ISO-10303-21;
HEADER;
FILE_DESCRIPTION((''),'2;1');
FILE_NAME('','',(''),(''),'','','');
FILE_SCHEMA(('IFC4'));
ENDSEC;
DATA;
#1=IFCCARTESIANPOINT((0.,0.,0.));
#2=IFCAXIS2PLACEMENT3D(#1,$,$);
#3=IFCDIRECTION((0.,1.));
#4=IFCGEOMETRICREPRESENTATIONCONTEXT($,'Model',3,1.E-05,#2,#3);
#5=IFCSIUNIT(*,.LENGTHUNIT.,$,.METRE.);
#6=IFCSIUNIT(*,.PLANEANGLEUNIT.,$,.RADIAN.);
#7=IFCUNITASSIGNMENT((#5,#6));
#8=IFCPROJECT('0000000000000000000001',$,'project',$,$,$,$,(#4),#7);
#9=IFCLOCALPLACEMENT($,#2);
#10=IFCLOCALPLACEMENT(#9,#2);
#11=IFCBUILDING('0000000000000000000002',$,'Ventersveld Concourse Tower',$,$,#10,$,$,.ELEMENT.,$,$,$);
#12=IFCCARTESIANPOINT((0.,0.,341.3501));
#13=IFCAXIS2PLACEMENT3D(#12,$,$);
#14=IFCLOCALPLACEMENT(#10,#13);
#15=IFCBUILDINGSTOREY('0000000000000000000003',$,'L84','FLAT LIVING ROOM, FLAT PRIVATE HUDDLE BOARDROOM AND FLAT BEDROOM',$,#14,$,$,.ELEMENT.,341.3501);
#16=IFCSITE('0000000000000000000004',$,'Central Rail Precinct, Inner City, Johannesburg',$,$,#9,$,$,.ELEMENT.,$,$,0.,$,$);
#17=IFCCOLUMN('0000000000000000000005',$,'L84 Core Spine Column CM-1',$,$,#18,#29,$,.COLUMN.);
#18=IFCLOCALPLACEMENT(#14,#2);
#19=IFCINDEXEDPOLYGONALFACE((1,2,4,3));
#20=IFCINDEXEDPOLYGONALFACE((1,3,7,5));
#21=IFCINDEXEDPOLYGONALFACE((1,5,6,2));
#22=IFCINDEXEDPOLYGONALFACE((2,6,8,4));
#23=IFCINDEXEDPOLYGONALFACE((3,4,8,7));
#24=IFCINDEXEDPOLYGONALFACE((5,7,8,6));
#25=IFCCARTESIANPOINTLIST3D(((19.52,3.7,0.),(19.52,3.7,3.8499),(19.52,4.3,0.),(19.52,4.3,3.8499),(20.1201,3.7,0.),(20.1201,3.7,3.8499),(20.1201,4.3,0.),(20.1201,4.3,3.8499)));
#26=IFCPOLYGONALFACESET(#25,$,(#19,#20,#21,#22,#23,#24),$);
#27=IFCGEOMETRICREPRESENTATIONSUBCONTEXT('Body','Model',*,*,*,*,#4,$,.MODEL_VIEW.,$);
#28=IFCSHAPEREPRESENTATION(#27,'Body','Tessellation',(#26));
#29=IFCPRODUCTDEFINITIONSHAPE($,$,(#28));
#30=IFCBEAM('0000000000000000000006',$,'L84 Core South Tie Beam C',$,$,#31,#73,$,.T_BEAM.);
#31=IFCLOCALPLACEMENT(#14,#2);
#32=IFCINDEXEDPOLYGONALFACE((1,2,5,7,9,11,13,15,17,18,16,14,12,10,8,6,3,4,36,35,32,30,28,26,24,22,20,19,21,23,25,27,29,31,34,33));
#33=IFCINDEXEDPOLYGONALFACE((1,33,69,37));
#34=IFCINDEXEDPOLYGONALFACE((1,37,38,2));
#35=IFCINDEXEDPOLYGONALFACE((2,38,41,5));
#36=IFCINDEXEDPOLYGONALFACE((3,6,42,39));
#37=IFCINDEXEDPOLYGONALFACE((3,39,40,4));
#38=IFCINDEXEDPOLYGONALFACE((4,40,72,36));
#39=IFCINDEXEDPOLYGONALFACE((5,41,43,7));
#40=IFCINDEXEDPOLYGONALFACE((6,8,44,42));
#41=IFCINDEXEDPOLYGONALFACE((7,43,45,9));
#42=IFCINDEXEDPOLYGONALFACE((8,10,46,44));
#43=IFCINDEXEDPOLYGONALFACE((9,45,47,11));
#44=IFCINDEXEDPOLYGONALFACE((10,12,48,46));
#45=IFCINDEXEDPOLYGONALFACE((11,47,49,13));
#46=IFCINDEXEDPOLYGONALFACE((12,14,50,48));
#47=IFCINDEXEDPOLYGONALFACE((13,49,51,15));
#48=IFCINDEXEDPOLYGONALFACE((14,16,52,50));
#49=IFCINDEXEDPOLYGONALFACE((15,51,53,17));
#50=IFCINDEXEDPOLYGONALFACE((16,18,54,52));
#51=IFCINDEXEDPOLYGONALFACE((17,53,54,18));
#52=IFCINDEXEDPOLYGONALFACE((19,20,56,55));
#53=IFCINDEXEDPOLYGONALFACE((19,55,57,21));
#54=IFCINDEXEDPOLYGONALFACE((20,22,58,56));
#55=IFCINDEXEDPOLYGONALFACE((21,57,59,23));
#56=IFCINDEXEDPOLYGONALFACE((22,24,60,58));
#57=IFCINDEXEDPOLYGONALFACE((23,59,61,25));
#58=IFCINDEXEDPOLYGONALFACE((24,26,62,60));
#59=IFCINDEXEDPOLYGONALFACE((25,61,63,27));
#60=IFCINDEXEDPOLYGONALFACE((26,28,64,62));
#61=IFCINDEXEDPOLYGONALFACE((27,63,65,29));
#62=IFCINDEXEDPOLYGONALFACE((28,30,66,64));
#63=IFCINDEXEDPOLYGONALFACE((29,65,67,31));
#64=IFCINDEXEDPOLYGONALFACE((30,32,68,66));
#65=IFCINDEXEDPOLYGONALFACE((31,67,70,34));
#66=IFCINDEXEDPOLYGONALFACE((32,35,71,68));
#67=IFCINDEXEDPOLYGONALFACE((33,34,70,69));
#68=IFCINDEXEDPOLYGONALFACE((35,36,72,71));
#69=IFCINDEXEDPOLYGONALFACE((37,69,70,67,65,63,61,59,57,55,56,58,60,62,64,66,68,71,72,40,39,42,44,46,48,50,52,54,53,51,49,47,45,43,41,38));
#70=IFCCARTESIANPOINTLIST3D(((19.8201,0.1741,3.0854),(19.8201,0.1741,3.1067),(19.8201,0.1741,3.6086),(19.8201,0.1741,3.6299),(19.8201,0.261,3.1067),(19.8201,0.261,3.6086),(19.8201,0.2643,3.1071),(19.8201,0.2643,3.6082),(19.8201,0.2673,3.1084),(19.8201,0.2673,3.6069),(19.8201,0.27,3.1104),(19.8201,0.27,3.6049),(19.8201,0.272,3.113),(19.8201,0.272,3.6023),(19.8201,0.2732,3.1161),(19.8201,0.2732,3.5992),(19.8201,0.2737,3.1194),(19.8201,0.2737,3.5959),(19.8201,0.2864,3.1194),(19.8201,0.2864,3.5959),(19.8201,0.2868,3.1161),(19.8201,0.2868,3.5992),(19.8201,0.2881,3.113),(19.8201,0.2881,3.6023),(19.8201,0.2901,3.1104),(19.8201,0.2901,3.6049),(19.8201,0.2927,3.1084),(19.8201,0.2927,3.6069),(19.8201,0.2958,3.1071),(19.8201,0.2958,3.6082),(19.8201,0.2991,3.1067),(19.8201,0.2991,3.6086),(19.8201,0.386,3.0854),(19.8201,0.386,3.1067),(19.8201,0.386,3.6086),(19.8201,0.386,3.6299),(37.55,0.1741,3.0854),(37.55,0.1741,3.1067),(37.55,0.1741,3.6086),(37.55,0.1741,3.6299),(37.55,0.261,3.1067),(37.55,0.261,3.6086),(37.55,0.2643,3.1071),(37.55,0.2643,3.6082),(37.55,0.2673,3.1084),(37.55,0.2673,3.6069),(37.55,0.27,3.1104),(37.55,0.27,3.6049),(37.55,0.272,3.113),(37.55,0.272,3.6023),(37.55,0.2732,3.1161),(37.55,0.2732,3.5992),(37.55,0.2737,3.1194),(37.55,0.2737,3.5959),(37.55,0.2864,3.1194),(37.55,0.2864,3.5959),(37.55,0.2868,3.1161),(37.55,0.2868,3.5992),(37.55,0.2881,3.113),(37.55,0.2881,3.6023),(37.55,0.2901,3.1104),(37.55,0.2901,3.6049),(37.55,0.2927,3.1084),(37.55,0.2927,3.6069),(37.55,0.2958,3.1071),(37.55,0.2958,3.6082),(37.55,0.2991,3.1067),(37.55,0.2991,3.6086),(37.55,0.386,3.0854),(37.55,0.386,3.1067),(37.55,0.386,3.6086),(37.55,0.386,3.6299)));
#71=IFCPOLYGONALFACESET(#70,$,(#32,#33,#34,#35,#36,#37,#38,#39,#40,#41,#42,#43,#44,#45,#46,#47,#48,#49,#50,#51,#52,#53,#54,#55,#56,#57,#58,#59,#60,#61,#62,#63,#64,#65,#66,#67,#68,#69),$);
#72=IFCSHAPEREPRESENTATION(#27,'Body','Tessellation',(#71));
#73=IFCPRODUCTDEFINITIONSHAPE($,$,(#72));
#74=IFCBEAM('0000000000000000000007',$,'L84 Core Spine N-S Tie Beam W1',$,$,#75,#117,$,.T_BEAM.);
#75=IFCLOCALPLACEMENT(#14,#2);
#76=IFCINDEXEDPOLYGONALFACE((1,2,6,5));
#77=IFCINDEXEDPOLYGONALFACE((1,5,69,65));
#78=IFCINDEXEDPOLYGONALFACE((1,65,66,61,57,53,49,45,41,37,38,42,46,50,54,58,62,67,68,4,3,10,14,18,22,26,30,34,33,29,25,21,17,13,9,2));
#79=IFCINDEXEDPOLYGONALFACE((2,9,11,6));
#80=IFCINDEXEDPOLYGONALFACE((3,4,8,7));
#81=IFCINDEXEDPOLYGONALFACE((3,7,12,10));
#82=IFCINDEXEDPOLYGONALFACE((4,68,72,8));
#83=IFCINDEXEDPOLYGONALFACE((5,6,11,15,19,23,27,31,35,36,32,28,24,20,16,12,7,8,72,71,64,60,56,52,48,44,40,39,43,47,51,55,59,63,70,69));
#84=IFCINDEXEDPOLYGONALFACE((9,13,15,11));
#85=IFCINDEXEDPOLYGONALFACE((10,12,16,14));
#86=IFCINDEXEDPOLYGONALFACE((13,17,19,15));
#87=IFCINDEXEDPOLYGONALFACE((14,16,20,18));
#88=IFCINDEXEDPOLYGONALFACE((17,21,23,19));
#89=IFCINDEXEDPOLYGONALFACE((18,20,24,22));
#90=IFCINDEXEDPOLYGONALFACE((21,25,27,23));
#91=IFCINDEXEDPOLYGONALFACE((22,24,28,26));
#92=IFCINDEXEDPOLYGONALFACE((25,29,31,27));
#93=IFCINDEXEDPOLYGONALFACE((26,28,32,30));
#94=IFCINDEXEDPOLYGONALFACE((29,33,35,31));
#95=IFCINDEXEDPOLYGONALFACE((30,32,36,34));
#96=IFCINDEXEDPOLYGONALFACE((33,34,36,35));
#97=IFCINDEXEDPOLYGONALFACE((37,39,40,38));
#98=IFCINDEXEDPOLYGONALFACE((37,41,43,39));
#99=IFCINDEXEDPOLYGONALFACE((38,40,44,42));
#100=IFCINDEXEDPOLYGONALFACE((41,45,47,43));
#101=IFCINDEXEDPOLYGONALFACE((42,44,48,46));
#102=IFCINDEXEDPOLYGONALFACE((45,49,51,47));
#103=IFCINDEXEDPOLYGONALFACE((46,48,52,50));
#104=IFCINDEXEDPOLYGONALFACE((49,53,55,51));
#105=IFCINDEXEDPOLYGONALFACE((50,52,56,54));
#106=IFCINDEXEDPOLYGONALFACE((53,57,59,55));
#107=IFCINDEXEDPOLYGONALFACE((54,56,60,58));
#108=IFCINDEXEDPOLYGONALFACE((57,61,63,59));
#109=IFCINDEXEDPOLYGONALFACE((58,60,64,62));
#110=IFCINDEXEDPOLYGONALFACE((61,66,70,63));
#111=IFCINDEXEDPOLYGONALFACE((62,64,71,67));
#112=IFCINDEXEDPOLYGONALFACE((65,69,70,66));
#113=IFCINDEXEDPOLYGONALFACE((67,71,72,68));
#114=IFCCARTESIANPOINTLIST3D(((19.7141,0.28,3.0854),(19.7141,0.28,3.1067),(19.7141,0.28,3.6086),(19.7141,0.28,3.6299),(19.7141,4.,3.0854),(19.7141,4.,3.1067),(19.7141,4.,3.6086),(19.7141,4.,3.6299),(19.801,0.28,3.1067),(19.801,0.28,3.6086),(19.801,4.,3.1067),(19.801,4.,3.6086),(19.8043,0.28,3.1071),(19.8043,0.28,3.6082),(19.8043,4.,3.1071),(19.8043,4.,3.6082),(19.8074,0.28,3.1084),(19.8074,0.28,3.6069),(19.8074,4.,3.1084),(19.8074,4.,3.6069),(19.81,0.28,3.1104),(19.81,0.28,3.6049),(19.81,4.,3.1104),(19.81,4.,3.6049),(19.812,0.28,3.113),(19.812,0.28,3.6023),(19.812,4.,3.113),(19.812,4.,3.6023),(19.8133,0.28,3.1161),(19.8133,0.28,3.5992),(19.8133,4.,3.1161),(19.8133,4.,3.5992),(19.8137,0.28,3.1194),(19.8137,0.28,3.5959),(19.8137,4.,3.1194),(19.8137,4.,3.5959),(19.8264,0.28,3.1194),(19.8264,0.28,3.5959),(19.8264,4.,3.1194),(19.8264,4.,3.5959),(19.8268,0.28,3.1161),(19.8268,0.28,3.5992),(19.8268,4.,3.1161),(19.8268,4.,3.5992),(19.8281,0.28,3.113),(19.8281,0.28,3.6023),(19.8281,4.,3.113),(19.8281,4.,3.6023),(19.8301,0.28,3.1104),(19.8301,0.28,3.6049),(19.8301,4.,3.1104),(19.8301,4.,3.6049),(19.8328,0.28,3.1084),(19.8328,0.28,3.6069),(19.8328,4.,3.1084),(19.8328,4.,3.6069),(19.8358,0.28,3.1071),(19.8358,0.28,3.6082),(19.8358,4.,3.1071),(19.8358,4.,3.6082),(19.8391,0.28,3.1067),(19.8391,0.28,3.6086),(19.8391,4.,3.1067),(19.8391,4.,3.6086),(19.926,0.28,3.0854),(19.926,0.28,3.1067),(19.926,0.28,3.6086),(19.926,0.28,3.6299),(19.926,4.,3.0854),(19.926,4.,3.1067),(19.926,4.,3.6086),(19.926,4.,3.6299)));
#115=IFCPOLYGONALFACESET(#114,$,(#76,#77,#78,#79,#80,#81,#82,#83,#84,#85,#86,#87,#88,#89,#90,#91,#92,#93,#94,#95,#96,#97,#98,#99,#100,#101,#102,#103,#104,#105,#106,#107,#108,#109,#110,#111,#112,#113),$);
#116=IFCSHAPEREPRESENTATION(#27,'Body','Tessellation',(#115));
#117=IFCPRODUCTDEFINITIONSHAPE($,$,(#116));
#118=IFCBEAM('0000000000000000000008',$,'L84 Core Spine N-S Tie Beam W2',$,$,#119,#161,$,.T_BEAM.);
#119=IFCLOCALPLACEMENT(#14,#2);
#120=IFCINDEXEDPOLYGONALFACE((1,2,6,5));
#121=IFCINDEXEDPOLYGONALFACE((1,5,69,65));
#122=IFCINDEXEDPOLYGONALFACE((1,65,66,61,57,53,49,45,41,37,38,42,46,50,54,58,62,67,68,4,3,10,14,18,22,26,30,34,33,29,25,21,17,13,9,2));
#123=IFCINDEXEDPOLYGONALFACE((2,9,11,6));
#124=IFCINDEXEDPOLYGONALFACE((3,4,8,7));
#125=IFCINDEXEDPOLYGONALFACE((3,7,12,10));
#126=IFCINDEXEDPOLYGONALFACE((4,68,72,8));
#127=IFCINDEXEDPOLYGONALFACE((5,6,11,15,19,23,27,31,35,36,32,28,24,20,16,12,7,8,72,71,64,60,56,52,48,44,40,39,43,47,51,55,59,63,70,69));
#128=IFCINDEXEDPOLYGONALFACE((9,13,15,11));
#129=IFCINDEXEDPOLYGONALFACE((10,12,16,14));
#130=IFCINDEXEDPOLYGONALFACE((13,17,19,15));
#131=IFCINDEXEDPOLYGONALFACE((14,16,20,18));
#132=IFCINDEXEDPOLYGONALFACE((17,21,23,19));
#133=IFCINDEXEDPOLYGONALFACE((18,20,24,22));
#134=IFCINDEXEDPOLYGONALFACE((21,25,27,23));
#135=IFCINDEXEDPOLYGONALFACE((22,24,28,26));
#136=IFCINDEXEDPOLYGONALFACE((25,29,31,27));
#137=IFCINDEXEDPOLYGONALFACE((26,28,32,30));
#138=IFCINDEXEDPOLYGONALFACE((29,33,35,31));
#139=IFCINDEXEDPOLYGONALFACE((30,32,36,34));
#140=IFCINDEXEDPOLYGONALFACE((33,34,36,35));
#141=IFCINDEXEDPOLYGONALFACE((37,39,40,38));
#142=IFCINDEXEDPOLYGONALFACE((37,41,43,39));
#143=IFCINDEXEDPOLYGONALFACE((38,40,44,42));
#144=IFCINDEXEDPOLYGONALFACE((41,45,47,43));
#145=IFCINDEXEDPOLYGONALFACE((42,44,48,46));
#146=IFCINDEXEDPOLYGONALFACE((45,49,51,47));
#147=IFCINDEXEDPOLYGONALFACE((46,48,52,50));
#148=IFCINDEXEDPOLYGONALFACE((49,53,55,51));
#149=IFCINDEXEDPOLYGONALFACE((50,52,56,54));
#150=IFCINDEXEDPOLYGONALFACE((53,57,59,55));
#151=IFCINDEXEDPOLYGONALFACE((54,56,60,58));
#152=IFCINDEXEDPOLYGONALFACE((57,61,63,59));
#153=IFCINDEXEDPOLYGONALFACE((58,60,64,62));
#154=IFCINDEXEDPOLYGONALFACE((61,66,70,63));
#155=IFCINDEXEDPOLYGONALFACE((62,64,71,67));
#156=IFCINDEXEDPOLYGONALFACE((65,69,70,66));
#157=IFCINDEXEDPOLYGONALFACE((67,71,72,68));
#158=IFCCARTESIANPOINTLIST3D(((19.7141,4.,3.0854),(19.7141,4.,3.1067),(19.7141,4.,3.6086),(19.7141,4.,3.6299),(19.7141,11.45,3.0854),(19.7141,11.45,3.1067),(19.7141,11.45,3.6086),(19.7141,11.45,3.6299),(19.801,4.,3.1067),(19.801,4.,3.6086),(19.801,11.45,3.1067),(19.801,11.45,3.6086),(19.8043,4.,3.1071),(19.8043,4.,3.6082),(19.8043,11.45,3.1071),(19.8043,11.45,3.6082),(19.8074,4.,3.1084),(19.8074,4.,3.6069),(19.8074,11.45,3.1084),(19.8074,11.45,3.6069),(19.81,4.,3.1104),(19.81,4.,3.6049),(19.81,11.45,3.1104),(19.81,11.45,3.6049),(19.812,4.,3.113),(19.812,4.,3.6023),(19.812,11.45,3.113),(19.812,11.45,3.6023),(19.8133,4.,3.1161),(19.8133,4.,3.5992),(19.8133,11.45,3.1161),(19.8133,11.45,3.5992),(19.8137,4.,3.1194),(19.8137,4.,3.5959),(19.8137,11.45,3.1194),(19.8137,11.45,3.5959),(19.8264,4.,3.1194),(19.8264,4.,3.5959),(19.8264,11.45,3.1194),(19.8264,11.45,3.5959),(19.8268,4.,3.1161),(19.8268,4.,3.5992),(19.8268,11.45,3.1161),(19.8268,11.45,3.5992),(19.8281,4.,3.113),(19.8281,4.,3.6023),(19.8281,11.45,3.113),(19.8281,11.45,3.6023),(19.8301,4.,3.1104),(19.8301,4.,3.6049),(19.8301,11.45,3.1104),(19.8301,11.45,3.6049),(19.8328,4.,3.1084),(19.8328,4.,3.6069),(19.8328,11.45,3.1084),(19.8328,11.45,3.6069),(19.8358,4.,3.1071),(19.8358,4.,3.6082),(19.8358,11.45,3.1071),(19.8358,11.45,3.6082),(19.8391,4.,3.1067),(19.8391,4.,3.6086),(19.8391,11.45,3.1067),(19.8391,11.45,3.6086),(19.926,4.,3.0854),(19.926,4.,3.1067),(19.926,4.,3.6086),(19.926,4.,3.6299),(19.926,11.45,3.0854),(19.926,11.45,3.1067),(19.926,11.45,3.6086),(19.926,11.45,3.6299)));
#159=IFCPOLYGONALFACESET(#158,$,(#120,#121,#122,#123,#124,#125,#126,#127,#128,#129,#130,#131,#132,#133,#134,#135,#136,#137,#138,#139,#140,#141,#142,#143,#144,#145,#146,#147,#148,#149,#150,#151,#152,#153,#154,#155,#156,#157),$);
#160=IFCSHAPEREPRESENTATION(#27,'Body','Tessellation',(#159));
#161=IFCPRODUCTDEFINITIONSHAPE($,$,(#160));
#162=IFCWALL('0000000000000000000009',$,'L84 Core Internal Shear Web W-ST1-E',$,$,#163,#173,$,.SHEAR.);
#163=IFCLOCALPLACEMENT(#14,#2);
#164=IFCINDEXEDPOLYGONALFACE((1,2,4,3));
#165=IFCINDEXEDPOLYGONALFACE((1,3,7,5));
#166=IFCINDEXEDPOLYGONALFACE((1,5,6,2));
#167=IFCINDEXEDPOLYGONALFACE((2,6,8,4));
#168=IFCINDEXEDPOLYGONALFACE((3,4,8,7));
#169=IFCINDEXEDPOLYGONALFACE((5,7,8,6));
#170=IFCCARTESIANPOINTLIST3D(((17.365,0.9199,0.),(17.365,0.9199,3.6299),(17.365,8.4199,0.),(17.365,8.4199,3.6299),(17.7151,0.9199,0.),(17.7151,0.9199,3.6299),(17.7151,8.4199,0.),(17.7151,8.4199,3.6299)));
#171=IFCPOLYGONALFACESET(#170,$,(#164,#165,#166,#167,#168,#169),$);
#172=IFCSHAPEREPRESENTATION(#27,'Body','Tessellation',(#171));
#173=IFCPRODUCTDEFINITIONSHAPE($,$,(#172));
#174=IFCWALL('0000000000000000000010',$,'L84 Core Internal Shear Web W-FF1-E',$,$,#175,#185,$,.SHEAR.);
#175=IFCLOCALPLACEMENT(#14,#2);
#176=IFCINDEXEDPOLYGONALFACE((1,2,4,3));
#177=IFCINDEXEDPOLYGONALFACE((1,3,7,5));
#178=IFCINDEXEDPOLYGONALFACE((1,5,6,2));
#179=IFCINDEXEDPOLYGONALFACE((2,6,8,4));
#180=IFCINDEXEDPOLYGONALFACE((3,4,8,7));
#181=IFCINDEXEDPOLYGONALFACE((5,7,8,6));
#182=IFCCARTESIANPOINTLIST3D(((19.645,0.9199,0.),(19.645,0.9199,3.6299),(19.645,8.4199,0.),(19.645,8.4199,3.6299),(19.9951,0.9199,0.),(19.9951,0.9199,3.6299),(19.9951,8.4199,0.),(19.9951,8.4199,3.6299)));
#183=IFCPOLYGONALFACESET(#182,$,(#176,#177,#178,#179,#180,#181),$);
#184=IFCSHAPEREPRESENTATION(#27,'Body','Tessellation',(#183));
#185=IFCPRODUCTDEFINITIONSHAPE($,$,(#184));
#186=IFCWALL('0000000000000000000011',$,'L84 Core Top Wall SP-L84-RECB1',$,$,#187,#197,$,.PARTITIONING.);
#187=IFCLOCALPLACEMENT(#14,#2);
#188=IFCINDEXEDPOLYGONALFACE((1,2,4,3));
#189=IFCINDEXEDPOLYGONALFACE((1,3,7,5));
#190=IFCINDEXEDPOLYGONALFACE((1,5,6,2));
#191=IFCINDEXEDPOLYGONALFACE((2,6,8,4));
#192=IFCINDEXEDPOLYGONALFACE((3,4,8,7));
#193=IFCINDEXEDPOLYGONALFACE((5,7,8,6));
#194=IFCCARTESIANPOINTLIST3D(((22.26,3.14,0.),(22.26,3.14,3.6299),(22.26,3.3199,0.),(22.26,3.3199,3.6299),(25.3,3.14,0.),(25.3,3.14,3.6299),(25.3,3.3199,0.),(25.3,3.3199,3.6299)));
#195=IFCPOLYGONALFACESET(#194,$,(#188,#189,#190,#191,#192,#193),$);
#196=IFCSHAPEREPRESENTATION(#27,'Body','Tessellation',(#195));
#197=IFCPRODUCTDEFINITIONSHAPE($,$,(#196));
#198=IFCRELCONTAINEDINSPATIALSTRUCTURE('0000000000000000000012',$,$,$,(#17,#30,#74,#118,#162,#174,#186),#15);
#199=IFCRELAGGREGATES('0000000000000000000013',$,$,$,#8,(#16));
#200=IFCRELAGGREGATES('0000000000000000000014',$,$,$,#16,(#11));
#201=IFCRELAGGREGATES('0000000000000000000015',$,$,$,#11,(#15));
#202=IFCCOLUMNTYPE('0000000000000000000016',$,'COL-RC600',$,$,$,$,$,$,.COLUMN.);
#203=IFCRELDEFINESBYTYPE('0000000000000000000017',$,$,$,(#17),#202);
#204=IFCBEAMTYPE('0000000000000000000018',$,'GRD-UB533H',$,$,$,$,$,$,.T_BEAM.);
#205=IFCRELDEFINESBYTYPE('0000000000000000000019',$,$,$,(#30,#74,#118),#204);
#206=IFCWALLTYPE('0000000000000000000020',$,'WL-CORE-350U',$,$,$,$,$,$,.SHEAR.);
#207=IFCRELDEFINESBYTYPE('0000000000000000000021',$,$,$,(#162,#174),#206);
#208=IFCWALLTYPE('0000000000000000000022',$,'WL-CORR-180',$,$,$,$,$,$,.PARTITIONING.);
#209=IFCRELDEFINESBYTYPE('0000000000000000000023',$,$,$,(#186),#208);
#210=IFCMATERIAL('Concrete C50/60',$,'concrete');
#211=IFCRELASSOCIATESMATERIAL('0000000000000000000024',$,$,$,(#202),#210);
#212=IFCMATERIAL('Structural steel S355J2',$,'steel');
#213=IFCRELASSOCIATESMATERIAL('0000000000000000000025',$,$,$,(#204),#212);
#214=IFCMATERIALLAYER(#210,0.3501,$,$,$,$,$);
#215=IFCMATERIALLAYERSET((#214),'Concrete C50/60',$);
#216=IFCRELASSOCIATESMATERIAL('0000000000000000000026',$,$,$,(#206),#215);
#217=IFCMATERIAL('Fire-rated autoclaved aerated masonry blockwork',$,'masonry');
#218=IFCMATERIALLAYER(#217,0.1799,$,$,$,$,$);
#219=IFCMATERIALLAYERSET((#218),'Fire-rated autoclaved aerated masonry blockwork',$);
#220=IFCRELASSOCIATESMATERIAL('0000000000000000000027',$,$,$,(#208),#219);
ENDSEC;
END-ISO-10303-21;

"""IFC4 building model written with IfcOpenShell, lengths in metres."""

from ifc_helpers import new_model, si_unit, direction, frame, frame_2d, origin, origin_2d, place, context, subcontext, project, spatial, rectangle, i_section, extrude, material, layer, layer_set, material_profile, profile_set, type_object, element, save


model = new_model("IFC4")

# Units and contexts
model_context = context("Model", 3, precision=1e-05, world=origin(), true_north=direction((0.0, 1.0)))
body_context = subcontext(model_context, "Body", "Model", "MODEL_VIEW")
ifc_project = project(units=[si_unit("LENGTHUNIT", "METRE"), si_unit("PLANEANGLEUNIT", "RADIAN")], contexts=[model_context])

# Site, building, storey
site_placement = place(None, origin())
site = spatial("IfcSite", under=ifc_project, at=site_placement, Name="Central Rail Precinct, Inner City, Johannesburg", CompositionType="ELEMENT", RefElevation=0.0)
building_placement = place(site_placement, origin())
building = spatial("IfcBuilding", under=site, at=building_placement, Name="Ventersveld Concourse Tower", CompositionType="ELEMENT")
storey_placement = place(building_placement, frame((0.0, 0.0, 341.3501)))
storey = spatial("IfcBuildingStorey", under=building, at=storey_placement, Name="L84", Description="FLAT LIVING ROOM, FLAT PRIVATE HUDDLE BOARDROOM AND FLAT BEDROOM", CompositionType="ELEMENT", Elevation=341.3501)

# Column
ifc_material_1 = material(Name="Concrete C50/60", Category="concrete")
ifc_material_profile_1 = material_profile(ifc_material_1, rectangle(XDim=0.6001, YDim=0.6001, at=origin_2d()), Name="RC 600x600")
ifc_profile_set_1 = profile_set([ifc_material_profile_1], Name="Concrete C50/60")
column_type = type_object("IfcColumnType", Name="COL-RC600", PredefinedType="COLUMN", material=ifc_profile_set_1)
column_placement = place(storey_placement, frame((19.8201, 4.0, 0.0), z_axis=(0.0, 0.0, 1.0), x_axis=(1.0, 0.0, 0.0)))
element("IfcColumn", 1, at=column_placement, inside=storey, type_object=column_type, Name="L84 Core Spine Column CM-1", PredefinedType="COLUMN", context=body_context, shape_type="SweptSolid", body=[
    extrude(rectangle(XDim=0.6001, YDim=0.6001, at=origin_2d()), origin(), (0.0, 0.0, 1.0), 3.8499),
])

# Beams
ifc_material_2 = material(Name="Structural steel S355J2", Category="steel")
ifc_material_profile_2 = material_profile(ifc_material_2, i_section(OverallWidth=0.2119, OverallDepth=0.5444, WebThickness=0.0127, FlangeThickness=0.0212, FilletRadius=0.0127, at=origin_2d()), Name="UB 533x210x122")
ifc_profile_set_2 = profile_set([ifc_material_profile_2], Name="Structural steel S355J2")
beam_type = type_object("IfcBeamType", Name="GRD-UB533H", PredefinedType="T_BEAM", material=ifc_profile_set_2)
beam_1_placement = place(storey_placement, frame((19.8201, 0.28, 3.3577), z_axis=(1.0, 0.0, 0.0), x_axis=(0.0, 1.0, 0.0)))
element("IfcBeam", 2, at=beam_1_placement, inside=storey, type_object=beam_type, Name="L84 Core South Tie Beam C", PredefinedType="T_BEAM", context=body_context, shape_type="SweptSolid", body=[
    extrude(i_section(OverallWidth=0.2119, OverallDepth=0.5444, WebThickness=0.0127, FlangeThickness=0.0212, FilletRadius=0.0127, at=origin_2d()), origin(), (0.0, 0.0, 1.0), 17.73),
])
beam_2_placement = place(storey_placement, frame((19.8201, 0.28, 3.3577), z_axis=(0.0, 1.0, 0.0), x_axis=(-1.0, 0.0, 0.0)))
element("IfcBeam", 3, at=beam_2_placement, inside=storey, type_object=beam_type, Name="L84 Core Spine N-S Tie Beam W1", PredefinedType="T_BEAM", context=body_context, shape_type="SweptSolid", body=[
    extrude(i_section(OverallWidth=0.2119, OverallDepth=0.5444, WebThickness=0.0127, FlangeThickness=0.0212, FilletRadius=0.0127, at=origin_2d()), origin(), (0.0, 0.0, 1.0), 3.72),
])
beam_3_placement = place(storey_placement, frame((19.8201, 4.0, 3.3577), z_axis=(0.0, 1.0, 0.0), x_axis=(-1.0, 0.0, 0.0)))
element("IfcBeam", 4, at=beam_3_placement, inside=storey, type_object=beam_type, Name="L84 Core Spine N-S Tie Beam W2", PredefinedType="T_BEAM", context=body_context, shape_type="SweptSolid", body=[
    extrude(i_section(OverallWidth=0.2119, OverallDepth=0.5444, WebThickness=0.0127, FlangeThickness=0.0212, FilletRadius=0.0127, at=origin_2d()), origin(), (0.0, 0.0, 1.0), 7.45),
])

# Walls
ifc_layer_1 = layer(ifc_material_1, 0.3501)
ifc_layer_set_1 = layer_set([ifc_layer_1], Name="Concrete C50/60")
wall_type_1 = type_object("IfcWallType", Name="WL-CORE-350U", PredefinedType="SHEAR", material=ifc_layer_set_1)
for number, where, z_axis, x_axis, name in (
    (5, (17.54, 0.9199, 0.0), (0.0, 0.0, 1.0), (0.0, 1.0, 0.0), "L84 Core Internal Shear Web W-ST1-E"),
    (6, (19.8201, 0.9199, 0.0), (0.0, 0.0, 1.0), (0.0, 1.0, 0.0), "L84 Core Internal Shear Web W-FF1-E"),
):
    element("IfcWall", number, at=place(storey_placement, frame(where, z_axis=z_axis, x_axis=x_axis)), inside=storey, type_object=wall_type_1, Name=name, PredefinedType="SHEAR", context=body_context, shape_type="SweptSolid", body=[
        extrude(rectangle(XDim=7.5, YDim=0.3501, at=frame_2d((3.75, 0.0))), origin(), (0.0, 0.0, 1.0), 3.6299),
    ])
ifc_material_3 = material(Name="Fire-rated autoclaved aerated masonry blockwork", Category="masonry")
ifc_layer_2 = layer(ifc_material_3, 0.1799)
ifc_layer_set_2 = layer_set([ifc_layer_2], Name="Fire-rated autoclaved aerated masonry blockwork")
wall_type_2 = type_object("IfcWallType", Name="WL-CORR-180", PredefinedType="PARTITIONING", material=ifc_layer_set_2)
wall_1_placement = place(storey_placement, frame((22.26, 3.23, 0.0), z_axis=(0.0, 0.0, 1.0), x_axis=(1.0, 0.0, 0.0)))
element("IfcWall", 7, at=wall_1_placement, inside=storey, type_object=wall_type_2, Name="L84 Core Top Wall SP-L84-RECB1", PredefinedType="PARTITIONING", context=body_context, shape_type="SweptSolid", body=[
    extrude(rectangle(XDim=3.04, YDim=0.1799, at=frame_2d((1.52, 0.0))), origin(), (0.0, 0.0, 1.0), 3.6299),
])

save(model, "model.ifc")
